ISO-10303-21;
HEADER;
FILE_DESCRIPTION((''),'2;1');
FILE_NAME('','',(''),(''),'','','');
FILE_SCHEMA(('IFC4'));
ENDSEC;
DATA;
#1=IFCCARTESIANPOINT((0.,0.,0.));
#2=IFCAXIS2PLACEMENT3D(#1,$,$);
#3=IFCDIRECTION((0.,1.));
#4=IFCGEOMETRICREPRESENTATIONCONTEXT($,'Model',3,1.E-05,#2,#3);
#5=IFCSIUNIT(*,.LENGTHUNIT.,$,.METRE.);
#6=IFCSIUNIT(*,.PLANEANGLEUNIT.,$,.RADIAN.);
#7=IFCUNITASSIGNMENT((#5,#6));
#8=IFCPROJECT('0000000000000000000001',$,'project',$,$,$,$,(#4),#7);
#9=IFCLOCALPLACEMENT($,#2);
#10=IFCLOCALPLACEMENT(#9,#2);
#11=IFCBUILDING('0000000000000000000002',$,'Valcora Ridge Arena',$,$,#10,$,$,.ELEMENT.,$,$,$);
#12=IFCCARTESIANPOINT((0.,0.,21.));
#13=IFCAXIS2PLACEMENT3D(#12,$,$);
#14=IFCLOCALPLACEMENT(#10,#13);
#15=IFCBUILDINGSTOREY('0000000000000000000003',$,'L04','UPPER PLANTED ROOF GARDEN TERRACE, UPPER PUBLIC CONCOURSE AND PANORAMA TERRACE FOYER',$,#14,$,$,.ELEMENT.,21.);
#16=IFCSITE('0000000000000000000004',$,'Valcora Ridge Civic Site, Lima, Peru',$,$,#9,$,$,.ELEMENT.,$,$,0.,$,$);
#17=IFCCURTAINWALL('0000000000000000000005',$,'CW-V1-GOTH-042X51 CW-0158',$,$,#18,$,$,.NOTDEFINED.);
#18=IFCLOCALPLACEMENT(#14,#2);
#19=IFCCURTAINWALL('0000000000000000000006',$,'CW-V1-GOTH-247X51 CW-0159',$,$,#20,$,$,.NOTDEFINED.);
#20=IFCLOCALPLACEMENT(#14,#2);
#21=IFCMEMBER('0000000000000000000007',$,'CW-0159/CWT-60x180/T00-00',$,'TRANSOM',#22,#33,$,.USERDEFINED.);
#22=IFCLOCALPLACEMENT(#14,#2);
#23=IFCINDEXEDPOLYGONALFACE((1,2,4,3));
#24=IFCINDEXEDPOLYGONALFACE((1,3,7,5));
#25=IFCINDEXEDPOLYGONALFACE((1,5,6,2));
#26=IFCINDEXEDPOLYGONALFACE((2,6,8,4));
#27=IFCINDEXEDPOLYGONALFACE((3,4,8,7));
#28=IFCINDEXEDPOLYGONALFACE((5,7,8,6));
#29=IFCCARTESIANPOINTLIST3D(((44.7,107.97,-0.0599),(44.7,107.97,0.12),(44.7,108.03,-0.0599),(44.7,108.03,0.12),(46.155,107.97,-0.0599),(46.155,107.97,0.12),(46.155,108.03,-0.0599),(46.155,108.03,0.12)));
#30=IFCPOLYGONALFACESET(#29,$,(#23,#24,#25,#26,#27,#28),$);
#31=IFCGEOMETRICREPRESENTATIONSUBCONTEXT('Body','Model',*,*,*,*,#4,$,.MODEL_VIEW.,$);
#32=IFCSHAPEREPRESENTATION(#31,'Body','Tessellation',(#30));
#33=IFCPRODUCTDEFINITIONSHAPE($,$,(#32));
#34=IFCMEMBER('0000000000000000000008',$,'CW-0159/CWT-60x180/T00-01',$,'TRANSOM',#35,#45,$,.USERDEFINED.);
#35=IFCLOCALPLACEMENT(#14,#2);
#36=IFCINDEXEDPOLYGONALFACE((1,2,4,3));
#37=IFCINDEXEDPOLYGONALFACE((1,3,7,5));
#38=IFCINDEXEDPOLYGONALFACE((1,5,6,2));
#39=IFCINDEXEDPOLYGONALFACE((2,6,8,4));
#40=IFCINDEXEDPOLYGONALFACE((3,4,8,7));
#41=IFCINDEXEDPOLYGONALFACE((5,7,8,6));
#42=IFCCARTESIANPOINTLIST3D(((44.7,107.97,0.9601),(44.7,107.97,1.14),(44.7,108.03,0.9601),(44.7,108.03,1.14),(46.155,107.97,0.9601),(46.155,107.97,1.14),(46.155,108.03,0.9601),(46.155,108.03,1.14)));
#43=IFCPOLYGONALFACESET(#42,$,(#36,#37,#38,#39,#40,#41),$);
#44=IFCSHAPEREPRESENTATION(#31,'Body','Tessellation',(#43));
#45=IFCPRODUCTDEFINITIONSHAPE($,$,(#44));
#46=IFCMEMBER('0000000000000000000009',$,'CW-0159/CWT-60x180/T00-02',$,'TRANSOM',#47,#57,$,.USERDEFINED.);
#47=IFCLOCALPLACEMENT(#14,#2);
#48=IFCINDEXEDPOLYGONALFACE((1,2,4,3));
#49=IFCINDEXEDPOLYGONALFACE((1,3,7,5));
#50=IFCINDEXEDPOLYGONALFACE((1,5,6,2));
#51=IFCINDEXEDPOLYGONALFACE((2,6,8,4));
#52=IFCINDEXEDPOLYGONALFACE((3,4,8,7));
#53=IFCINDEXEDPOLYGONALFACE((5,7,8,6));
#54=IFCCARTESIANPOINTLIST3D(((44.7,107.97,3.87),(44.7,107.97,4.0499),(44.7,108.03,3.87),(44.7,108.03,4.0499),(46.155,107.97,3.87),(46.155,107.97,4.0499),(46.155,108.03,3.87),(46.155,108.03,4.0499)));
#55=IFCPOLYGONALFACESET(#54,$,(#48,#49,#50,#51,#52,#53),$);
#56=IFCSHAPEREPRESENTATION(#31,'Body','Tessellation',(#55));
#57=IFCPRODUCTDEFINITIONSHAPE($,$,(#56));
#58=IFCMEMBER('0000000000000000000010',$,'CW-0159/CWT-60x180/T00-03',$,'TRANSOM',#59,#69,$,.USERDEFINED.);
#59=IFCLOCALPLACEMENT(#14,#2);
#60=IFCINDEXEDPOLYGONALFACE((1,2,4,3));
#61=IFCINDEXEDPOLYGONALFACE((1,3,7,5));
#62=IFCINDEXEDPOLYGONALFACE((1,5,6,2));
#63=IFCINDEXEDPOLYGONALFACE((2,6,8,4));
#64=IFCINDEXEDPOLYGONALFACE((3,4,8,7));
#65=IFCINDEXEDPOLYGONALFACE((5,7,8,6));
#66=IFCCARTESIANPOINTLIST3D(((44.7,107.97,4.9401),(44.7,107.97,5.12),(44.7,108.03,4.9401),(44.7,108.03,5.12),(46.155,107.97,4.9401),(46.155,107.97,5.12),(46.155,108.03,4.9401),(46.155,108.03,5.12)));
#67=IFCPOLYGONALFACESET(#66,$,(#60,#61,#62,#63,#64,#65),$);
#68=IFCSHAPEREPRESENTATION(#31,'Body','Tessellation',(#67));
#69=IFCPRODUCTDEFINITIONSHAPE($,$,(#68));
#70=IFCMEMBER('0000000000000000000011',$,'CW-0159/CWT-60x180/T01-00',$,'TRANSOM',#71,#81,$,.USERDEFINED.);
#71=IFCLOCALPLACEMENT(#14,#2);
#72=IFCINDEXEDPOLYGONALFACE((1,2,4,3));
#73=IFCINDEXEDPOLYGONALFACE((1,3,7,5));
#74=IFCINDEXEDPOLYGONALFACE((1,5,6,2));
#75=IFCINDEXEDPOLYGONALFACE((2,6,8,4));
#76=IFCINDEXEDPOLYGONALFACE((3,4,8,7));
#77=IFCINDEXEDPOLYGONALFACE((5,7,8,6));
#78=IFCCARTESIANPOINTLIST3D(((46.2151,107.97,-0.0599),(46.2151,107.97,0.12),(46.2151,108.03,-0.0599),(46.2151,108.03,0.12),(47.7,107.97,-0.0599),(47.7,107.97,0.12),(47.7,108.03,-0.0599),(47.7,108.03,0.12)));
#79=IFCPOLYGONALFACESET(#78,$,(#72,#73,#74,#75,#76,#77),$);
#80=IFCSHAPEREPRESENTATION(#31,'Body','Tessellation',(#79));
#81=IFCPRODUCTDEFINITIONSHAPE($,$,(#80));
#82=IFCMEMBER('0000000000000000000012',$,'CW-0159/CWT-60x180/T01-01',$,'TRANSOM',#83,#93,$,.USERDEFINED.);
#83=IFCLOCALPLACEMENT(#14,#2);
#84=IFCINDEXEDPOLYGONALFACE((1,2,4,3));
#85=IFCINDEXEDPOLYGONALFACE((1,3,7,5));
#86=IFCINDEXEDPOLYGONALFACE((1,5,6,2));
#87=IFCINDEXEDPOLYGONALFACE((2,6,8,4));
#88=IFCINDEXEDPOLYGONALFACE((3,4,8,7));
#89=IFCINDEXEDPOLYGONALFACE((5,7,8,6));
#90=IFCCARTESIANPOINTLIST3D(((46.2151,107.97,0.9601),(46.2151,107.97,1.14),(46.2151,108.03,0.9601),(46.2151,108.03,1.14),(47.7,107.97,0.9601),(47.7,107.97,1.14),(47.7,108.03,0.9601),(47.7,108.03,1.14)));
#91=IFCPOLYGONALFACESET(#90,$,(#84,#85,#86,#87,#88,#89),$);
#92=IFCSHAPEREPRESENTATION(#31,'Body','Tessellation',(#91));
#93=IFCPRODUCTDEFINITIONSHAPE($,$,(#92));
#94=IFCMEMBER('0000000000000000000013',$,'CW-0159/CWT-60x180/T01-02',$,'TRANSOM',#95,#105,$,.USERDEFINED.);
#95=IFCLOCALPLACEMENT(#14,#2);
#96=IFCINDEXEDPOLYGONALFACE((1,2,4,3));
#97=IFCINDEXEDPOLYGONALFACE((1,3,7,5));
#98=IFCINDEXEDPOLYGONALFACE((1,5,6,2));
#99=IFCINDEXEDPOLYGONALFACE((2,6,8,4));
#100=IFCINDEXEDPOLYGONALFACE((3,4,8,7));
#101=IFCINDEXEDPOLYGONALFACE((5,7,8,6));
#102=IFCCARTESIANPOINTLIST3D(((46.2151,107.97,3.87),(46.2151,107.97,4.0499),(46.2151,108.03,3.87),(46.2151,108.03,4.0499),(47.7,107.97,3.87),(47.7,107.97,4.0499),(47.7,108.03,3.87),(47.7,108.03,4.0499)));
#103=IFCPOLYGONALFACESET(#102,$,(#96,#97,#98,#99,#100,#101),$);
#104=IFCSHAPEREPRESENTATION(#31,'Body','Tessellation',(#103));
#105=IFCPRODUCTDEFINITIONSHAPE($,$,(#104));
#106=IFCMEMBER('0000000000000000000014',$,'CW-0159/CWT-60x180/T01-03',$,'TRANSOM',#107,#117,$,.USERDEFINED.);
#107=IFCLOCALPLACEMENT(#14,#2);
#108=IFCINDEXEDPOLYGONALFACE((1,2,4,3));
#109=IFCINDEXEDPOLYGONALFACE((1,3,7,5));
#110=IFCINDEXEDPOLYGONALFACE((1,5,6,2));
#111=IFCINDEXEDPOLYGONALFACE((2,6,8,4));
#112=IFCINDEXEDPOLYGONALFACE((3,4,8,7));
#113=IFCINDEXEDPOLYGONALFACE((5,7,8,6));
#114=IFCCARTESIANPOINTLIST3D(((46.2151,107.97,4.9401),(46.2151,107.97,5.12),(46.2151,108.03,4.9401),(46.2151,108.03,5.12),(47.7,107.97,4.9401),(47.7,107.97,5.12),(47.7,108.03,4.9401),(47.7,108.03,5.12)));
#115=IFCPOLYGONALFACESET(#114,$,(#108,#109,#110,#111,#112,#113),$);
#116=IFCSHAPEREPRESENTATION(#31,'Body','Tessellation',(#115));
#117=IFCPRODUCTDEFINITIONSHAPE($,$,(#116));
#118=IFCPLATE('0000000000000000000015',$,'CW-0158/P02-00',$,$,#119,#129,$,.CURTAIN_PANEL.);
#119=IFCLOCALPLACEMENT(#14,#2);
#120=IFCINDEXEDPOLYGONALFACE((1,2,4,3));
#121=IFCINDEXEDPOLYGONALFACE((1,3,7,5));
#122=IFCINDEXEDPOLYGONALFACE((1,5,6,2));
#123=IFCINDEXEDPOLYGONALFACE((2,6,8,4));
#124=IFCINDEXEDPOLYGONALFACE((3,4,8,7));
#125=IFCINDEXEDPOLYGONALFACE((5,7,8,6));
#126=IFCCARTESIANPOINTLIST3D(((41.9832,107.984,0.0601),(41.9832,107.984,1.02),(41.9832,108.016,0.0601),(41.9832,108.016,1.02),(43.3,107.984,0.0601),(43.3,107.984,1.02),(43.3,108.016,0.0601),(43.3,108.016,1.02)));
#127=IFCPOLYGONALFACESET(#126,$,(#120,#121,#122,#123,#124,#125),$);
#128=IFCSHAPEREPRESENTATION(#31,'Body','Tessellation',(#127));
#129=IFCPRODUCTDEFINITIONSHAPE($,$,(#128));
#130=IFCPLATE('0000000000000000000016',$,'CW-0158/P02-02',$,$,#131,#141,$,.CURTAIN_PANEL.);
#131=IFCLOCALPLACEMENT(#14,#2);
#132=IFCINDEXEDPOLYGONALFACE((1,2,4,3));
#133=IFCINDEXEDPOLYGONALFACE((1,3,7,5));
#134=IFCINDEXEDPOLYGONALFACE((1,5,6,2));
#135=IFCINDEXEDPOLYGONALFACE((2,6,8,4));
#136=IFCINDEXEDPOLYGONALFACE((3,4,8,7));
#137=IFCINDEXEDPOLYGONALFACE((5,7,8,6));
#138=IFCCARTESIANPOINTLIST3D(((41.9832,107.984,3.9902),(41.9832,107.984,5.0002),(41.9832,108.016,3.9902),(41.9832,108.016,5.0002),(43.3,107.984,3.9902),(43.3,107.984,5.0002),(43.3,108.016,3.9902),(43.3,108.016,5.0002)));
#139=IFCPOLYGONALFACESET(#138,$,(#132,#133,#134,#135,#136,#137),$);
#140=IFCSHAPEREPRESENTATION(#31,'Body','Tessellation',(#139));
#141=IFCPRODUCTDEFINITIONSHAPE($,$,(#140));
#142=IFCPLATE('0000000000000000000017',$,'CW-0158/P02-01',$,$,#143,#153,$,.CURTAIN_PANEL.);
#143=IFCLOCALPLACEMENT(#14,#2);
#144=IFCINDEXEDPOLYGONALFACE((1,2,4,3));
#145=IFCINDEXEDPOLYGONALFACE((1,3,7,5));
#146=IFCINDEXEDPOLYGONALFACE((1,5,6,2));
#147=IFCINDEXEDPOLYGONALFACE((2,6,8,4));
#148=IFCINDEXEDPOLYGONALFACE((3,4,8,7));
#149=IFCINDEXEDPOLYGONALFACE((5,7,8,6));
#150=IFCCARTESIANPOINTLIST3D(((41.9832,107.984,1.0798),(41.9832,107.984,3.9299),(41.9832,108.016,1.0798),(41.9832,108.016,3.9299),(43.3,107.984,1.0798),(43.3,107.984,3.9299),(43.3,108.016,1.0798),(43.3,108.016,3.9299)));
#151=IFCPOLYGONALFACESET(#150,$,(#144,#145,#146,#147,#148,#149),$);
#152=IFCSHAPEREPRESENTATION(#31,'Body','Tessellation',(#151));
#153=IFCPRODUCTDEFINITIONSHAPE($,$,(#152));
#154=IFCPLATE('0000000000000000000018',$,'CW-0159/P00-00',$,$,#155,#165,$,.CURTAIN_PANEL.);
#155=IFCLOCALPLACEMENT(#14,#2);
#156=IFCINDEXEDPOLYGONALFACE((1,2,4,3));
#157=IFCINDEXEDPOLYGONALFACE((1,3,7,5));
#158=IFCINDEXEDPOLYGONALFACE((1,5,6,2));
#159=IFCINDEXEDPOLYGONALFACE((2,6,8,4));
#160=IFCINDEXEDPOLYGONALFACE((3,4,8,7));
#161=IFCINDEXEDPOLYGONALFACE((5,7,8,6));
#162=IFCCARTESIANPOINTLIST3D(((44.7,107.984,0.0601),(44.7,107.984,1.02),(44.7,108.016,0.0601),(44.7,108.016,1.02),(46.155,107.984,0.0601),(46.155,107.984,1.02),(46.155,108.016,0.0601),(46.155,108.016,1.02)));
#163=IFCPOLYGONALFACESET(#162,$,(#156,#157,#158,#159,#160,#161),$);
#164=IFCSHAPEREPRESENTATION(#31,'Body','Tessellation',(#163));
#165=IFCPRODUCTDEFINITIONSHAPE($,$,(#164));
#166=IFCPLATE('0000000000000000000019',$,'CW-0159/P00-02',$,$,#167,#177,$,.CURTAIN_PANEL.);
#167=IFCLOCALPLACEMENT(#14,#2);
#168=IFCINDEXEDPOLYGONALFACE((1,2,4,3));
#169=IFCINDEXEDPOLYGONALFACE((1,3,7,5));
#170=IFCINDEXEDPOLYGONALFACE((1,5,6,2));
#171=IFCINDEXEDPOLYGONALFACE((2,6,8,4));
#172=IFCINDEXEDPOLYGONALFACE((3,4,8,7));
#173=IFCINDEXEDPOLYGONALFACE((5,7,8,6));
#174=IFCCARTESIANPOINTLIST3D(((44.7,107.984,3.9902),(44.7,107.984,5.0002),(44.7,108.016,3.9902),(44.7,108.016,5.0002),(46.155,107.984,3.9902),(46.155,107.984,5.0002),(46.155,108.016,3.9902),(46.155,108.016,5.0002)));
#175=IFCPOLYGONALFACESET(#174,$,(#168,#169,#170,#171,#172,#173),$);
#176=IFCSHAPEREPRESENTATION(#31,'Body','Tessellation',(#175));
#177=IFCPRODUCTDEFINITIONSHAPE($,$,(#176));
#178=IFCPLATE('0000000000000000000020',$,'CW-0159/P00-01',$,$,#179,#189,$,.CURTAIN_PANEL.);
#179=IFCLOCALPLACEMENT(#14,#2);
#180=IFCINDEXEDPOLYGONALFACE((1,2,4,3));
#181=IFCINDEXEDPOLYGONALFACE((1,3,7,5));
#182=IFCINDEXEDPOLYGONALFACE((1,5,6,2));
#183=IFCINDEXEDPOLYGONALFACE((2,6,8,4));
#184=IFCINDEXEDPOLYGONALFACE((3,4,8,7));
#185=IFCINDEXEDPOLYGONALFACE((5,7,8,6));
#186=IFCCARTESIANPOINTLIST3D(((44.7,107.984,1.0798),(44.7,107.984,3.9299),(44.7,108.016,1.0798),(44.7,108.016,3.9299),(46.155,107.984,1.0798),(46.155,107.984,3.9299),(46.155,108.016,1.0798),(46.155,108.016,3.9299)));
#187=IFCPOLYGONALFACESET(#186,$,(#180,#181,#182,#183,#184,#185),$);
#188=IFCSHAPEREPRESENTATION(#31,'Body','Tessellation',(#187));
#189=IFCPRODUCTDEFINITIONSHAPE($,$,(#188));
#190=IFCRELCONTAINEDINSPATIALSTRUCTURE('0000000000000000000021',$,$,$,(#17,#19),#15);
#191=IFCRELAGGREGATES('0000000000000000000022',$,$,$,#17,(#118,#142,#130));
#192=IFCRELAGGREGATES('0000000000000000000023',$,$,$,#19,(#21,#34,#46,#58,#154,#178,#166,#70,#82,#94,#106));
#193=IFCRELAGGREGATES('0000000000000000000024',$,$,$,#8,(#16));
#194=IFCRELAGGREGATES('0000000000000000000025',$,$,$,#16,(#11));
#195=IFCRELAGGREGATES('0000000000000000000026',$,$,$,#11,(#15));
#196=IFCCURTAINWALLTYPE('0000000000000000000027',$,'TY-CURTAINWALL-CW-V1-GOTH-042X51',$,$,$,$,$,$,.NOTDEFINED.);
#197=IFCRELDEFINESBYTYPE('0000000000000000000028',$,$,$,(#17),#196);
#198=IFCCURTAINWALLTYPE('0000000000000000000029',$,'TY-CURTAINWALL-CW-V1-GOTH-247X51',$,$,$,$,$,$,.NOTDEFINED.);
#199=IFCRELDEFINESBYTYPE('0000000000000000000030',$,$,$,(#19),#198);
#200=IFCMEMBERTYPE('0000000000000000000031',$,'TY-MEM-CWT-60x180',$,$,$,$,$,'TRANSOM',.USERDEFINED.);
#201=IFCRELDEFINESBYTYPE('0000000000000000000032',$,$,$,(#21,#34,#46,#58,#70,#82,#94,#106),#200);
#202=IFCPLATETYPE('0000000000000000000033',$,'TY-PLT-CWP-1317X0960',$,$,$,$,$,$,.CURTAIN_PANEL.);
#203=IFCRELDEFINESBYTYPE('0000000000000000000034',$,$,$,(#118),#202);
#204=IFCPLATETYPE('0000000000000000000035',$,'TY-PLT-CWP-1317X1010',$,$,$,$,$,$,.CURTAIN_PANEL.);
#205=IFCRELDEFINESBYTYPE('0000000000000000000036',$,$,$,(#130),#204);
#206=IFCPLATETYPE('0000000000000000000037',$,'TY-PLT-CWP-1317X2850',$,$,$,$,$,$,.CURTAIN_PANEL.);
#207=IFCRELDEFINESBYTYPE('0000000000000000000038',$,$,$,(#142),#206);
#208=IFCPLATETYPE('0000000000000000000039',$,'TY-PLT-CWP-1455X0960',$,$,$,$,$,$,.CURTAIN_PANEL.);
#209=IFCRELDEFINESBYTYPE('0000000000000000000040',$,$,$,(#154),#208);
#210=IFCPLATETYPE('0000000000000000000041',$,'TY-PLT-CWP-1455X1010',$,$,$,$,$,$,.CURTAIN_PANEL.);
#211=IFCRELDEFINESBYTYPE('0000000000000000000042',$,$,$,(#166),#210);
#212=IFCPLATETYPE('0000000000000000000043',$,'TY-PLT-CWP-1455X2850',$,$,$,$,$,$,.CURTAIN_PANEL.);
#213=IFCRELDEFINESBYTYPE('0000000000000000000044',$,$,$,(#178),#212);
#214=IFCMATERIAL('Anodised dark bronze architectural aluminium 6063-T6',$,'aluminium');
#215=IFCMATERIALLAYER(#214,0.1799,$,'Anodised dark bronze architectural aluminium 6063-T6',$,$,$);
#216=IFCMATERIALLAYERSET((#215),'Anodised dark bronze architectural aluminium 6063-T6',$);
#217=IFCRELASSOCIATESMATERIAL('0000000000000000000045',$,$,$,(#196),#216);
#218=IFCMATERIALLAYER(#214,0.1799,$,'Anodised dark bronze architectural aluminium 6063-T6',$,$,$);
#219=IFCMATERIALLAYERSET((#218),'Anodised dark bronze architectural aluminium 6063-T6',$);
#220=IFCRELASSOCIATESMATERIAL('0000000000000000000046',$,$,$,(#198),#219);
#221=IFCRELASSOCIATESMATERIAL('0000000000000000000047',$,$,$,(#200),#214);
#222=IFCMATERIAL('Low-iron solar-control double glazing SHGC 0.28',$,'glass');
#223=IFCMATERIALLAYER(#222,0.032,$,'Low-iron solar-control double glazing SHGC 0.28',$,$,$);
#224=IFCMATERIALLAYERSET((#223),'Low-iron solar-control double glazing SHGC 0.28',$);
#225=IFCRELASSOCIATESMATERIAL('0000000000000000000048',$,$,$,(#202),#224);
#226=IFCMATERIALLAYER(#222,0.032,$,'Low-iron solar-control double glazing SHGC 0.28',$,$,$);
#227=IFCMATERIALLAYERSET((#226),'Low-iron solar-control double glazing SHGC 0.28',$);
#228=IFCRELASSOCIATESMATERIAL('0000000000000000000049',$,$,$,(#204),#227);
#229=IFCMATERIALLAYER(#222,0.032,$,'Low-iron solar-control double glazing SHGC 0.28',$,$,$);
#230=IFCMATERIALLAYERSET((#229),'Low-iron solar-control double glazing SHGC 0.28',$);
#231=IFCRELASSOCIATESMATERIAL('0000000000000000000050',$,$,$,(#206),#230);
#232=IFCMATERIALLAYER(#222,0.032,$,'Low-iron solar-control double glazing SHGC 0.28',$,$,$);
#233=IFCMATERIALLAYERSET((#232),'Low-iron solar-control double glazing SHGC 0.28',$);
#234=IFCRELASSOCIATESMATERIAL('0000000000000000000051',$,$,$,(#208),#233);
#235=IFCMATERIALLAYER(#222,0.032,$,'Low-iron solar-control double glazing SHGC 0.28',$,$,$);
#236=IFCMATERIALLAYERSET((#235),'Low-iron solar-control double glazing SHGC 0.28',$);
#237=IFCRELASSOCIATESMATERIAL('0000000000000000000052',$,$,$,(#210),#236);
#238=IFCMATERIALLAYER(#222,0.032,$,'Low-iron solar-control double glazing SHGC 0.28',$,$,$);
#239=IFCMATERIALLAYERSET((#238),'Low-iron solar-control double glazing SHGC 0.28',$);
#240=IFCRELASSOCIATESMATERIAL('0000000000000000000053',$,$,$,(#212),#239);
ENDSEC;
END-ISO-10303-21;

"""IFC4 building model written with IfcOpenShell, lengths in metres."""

from ifc_helpers import new_model, si_unit, direction, frame, origin, origin_2d, place, context, subcontext, project, spatial, rectangle, extrude, material, layer, layer_set, material_profile, profile_set, type_object, element, aggregate, save


model = new_model("IFC4")

# Units and contexts
model_context = context("Model", 3, precision=1e-05, world=origin(), true_north=direction((0.0, 1.0)))
body_context = subcontext(model_context, "Body", "Model", "MODEL_VIEW")
ifc_project = project(units=[si_unit("LENGTHUNIT", "METRE"), si_unit("PLANEANGLEUNIT", "RADIAN")], contexts=[model_context])

# Site, building, storey
site_placement = place(None, origin())
site = spatial("IfcSite", under=ifc_project, at=site_placement, Name="Valcora Ridge Civic Site, Lima, Peru", CompositionType="ELEMENT", RefElevation=0.0)
building_placement = place(site_placement, origin())
building = spatial("IfcBuilding", under=site, at=building_placement, Name="Valcora Ridge Arena", CompositionType="ELEMENT")
storey_placement = place(building_placement, frame((0.0, 0.0, 21.0)))
storey = spatial("IfcBuildingStorey", under=building, at=storey_placement, Name="L04", Description="UPPER PLANTED ROOF GARDEN TERRACE, UPPER PUBLIC CONCOURSE AND PANORAMA TERRACE FOYER", CompositionType="ELEMENT", Elevation=21.0)

# Curtain wall
ifc_material_1 = material(Name="Anodised dark bronze architectural aluminium 6063-T6", Category="aluminium")
ifc_layer_1 = layer(ifc_material_1, 0.1799, Name="Anodised dark bronze architectural aluminium 6063-T6")
ifc_layer_set_1 = layer_set([ifc_layer_1], Name="Anodised dark bronze architectural aluminium 6063-T6")
curtain_wall_type_1 = type_object("IfcCurtainWallType", Name="TY-CURTAINWALL-CW-V1-GOTH-042X51", PredefinedType="NOTDEFINED", material=ifc_layer_set_1)
curtain_wall_1_placement = place(storey_placement, origin())
curtain_wall_1 = element("IfcCurtainWall", 1, at=curtain_wall_1_placement, inside=storey, type_object=curtain_wall_type_1, Name="CW-V1-GOTH-042X51 CW-0158", PredefinedType="NOTDEFINED")

# Curtain wall
ifc_layer_2 = layer(ifc_material_1, 0.1799, Name="Anodised dark bronze architectural aluminium 6063-T6")
ifc_layer_set_2 = layer_set([ifc_layer_2], Name="Anodised dark bronze architectural aluminium 6063-T6")
curtain_wall_type_2 = type_object("IfcCurtainWallType", Name="TY-CURTAINWALL-CW-V1-GOTH-247X51", PredefinedType="NOTDEFINED", material=ifc_layer_set_2)
curtain_wall_2_placement = place(storey_placement, origin())
curtain_wall_2 = element("IfcCurtainWall", 2, at=curtain_wall_2_placement, inside=storey, type_object=curtain_wall_type_2, Name="CW-V1-GOTH-247X51 CW-0159", PredefinedType="NOTDEFINED")

# Members
ifc_material_profile_1 = material_profile(ifc_material_1, rectangle(XDim=0.0601, YDim=0.1799, at=origin_2d()), Name="ALU TRANSOM 60x180")
ifc_profile_set_1 = profile_set([ifc_material_profile_1], Name="Anodised dark bronze architectural aluminium 6063-T6")
member_type_1 = type_object("IfcMemberType", Name="TY-MEM-CWT-60x180", ElementType="TRANSOM", PredefinedType="USERDEFINED", material=ifc_profile_set_1)
member_1_placement = place(storey_placement, frame((44.7, 108.0, 0.03), z_axis=(1.0, 0.0, 0.0), x_axis=(0.0, 1.0, 0.0)))
member_1 = element("IfcMember", 3, at=member_1_placement, type_object=member_type_1, Name="CW-0159/CWT-60x180/T00-00", ObjectType="TRANSOM", PredefinedType="USERDEFINED", context=body_context, shape_type="SweptSolid", body=[
    extrude(rectangle(XDim=0.0601, YDim=0.1799, at=origin_2d()), origin(), (0.0, 0.0, 1.0), 1.4551),
])
member_2_placement = place(storey_placement, frame((44.7, 108.0, 1.05), z_axis=(1.0, 0.0, 0.0), x_axis=(0.0, 1.0, 0.0)))
member_2 = element("IfcMember", 4, at=member_2_placement, type_object=member_type_1, Name="CW-0159/CWT-60x180/T00-01", ObjectType="TRANSOM", PredefinedType="USERDEFINED", context=body_context, shape_type="SweptSolid", body=[
    extrude(rectangle(XDim=0.0601, YDim=0.1799, at=origin_2d()), origin(), (0.0, 0.0, 1.0), 1.4551),
])
member_3_placement = place(storey_placement, frame((44.7, 108.0, 3.96), z_axis=(1.0, 0.0, 0.0), x_axis=(0.0, 1.0, 0.0)))
member_3 = element("IfcMember", 5, at=member_3_placement, type_object=member_type_1, Name="CW-0159/CWT-60x180/T00-02", ObjectType="TRANSOM", PredefinedType="USERDEFINED", context=body_context, shape_type="SweptSolid", body=[
    extrude(rectangle(XDim=0.0601, YDim=0.1799, at=origin_2d()), origin(), (0.0, 0.0, 1.0), 1.4551),
])
member_4_placement = place(storey_placement, frame((44.7, 108.0, 5.03), z_axis=(1.0, 0.0, 0.0), x_axis=(0.0, 1.0, 0.0)))
member_4 = element("IfcMember", 6, at=member_4_placement, type_object=member_type_1, Name="CW-0159/CWT-60x180/T00-03", ObjectType="TRANSOM", PredefinedType="USERDEFINED", context=body_context, shape_type="SweptSolid", body=[
    extrude(rectangle(XDim=0.0601, YDim=0.1799, at=origin_2d()), origin(), (0.0, 0.0, 1.0), 1.4551),
])
member_5_placement = place(storey_placement, frame((46.2151, 108.0, 0.03), z_axis=(1.0, 0.0, 0.0), x_axis=(0.0, 1.0, 0.0)))
member_5 = element("IfcMember", 7, at=member_5_placement, type_object=member_type_1, Name="CW-0159/CWT-60x180/T01-00", ObjectType="TRANSOM", PredefinedType="USERDEFINED", context=body_context, shape_type="SweptSolid", body=[
    extrude(rectangle(XDim=0.0601, YDim=0.1799, at=origin_2d()), origin(), (0.0, 0.0, 1.0), 1.4849),
])
member_6_placement = place(storey_placement, frame((46.2151, 108.0, 1.05), z_axis=(1.0, 0.0, 0.0), x_axis=(0.0, 1.0, 0.0)))
member_6 = element("IfcMember", 8, at=member_6_placement, type_object=member_type_1, Name="CW-0159/CWT-60x180/T01-01", ObjectType="TRANSOM", PredefinedType="USERDEFINED", context=body_context, shape_type="SweptSolid", body=[
    extrude(rectangle(XDim=0.0601, YDim=0.1799, at=origin_2d()), origin(), (0.0, 0.0, 1.0), 1.4849),
])
member_7_placement = place(storey_placement, frame((46.2151, 108.0, 3.96), z_axis=(1.0, 0.0, 0.0), x_axis=(0.0, 1.0, 0.0)))
member_7 = element("IfcMember", 9, at=member_7_placement, type_object=member_type_1, Name="CW-0159/CWT-60x180/T01-02", ObjectType="TRANSOM", PredefinedType="USERDEFINED", context=body_context, shape_type="SweptSolid", body=[
    extrude(rectangle(XDim=0.0601, YDim=0.1799, at=origin_2d()), origin(), (0.0, 0.0, 1.0), 1.4849),
])
member_8_placement = place(storey_placement, frame((46.2151, 108.0, 5.03), z_axis=(1.0, 0.0, 0.0), x_axis=(0.0, 1.0, 0.0)))
member_8 = element("IfcMember", 10, at=member_8_placement, type_object=member_type_1, Name="CW-0159/CWT-60x180/T01-03", ObjectType="TRANSOM", PredefinedType="USERDEFINED", context=body_context, shape_type="SweptSolid", body=[
    extrude(rectangle(XDim=0.0601, YDim=0.1799, at=origin_2d()), origin(), (0.0, 0.0, 1.0), 1.4849),
])

# Plates
ifc_material_2 = material(Name="Low-iron solar-control double glazing SHGC 0.28", Category="glass")
ifc_layer_3 = layer(ifc_material_2, 0.032, Name="Low-iron solar-control double glazing SHGC 0.28")
ifc_layer_set_3 = layer_set([ifc_layer_3], Name="Low-iron solar-control double glazing SHGC 0.28")
plate_type_1 = type_object("IfcPlateType", Name="TY-PLT-CWP-1317X0960", PredefinedType="CURTAIN_PANEL", material=ifc_layer_set_3)
plate_1_placement = place(storey_placement, frame((42.6416, 108.0, 0.0601), z_axis=(0.0, 0.0, 1.0), x_axis=(1.0, 0.0, 0.0)))
plate_1 = element("IfcPlate", 11, at=plate_1_placement, type_object=plate_type_1, Name="CW-0158/P02-00", PredefinedType="CURTAIN_PANEL", context=body_context, shape_type="SweptSolid", body=[
    extrude(rectangle(XDim=1.3169, YDim=0.032, at=origin_2d()), origin(), (0.0, 0.0, 1.0), 0.96),
])
ifc_layer_4 = layer(ifc_material_2, 0.032, Name="Low-iron solar-control double glazing SHGC 0.28")
ifc_layer_set_4 = layer_set([ifc_layer_4], Name="Low-iron solar-control double glazing SHGC 0.28")
plate_type_2 = type_object("IfcPlateType", Name="TY-PLT-CWP-1317X1010", PredefinedType="CURTAIN_PANEL", material=ifc_layer_set_4)
plate_2_placement = place(storey_placement, frame((42.6416, 108.0, 3.9902), z_axis=(0.0, 0.0, 1.0), x_axis=(1.0, 0.0, 0.0)))
plate_2 = element("IfcPlate", 12, at=plate_2_placement, type_object=plate_type_2, Name="CW-0158/P02-02", PredefinedType="CURTAIN_PANEL", context=body_context, shape_type="SweptSolid", body=[
    extrude(rectangle(XDim=1.3169, YDim=0.032, at=origin_2d()), origin(), (0.0, 0.0, 1.0), 1.01),
])
ifc_layer_5 = layer(ifc_material_2, 0.032, Name="Low-iron solar-control double glazing SHGC 0.28")
ifc_layer_set_5 = layer_set([ifc_layer_5], Name="Low-iron solar-control double glazing SHGC 0.28")
plate_type_3 = type_object("IfcPlateType", Name="TY-PLT-CWP-1317X2850", PredefinedType="CURTAIN_PANEL", material=ifc_layer_set_5)
plate_3_placement = place(storey_placement, frame((42.6416, 108.0, 1.0798), z_axis=(0.0, 0.0, 1.0), x_axis=(1.0, 0.0, 0.0)))
plate_3 = element("IfcPlate", 13, at=plate_3_placement, type_object=plate_type_3, Name="CW-0158/P02-01", PredefinedType="CURTAIN_PANEL", context=body_context, shape_type="SweptSolid", body=[
    extrude(rectangle(XDim=1.3169, YDim=0.032, at=origin_2d()), origin(), (0.0, 0.0, 1.0), 2.8501),
])
aggregate(curtain_wall_1, [plate_1, plate_3, plate_2])
ifc_layer_6 = layer(ifc_material_2, 0.032, Name="Low-iron solar-control double glazing SHGC 0.28")
ifc_layer_set_6 = layer_set([ifc_layer_6], Name="Low-iron solar-control double glazing SHGC 0.28")
plate_type_4 = type_object("IfcPlateType", Name="TY-PLT-CWP-1455X0960", PredefinedType="CURTAIN_PANEL", material=ifc_layer_set_6)
plate_4_placement = place(storey_placement, frame((45.4275, 108.0, 0.0601), z_axis=(0.0, 0.0, 1.0), x_axis=(1.0, 0.0, 0.0)))
plate_4 = element("IfcPlate", 14, at=plate_4_placement, type_object=plate_type_4, Name="CW-0159/P00-00", PredefinedType="CURTAIN_PANEL", context=body_context, shape_type="SweptSolid", body=[
    extrude(rectangle(XDim=1.4551, YDim=0.032, at=origin_2d()), origin(), (0.0, 0.0, 1.0), 0.96),
])
ifc_layer_7 = layer(ifc_material_2, 0.032, Name="Low-iron solar-control double glazing SHGC 0.28")
ifc_layer_set_7 = layer_set([ifc_layer_7], Name="Low-iron solar-control double glazing SHGC 0.28")
plate_type_5 = type_object("IfcPlateType", Name="TY-PLT-CWP-1455X1010", PredefinedType="CURTAIN_PANEL", material=ifc_layer_set_7)
plate_5_placement = place(storey_placement, frame((45.4275, 108.0, 3.9902), z_axis=(0.0, 0.0, 1.0), x_axis=(1.0, 0.0, 0.0)))
plate_5 = element("IfcPlate", 15, at=plate_5_placement, type_object=plate_type_5, Name="CW-0159/P00-02", PredefinedType="CURTAIN_PANEL", context=body_context, shape_type="SweptSolid", body=[
    extrude(rectangle(XDim=1.4551, YDim=0.032, at=origin_2d()), origin(), (0.0, 0.0, 1.0), 1.01),
])
ifc_layer_8 = layer(ifc_material_2, 0.032, Name="Low-iron solar-control double glazing SHGC 0.28")
ifc_layer_set_8 = layer_set([ifc_layer_8], Name="Low-iron solar-control double glazing SHGC 0.28")
plate_type_6 = type_object("IfcPlateType", Name="TY-PLT-CWP-1455X2850", PredefinedType="CURTAIN_PANEL", material=ifc_layer_set_8)
plate_6_placement = place(storey_placement, frame((45.4275, 108.0, 1.0798), z_axis=(0.0, 0.0, 1.0), x_axis=(1.0, 0.0, 0.0)))
plate_6 = element("IfcPlate", 16, at=plate_6_placement, type_object=plate_type_6, Name="CW-0159/P00-01", PredefinedType="CURTAIN_PANEL", context=body_context, shape_type="SweptSolid", body=[
    extrude(rectangle(XDim=1.4551, YDim=0.032, at=origin_2d()), origin(), (0.0, 0.0, 1.0), 2.8501),
])
aggregate(curtain_wall_2, [member_1, member_2, member_3, member_4, plate_4, plate_6, plate_5, member_5, member_6, member_7, member_8])

save(model, "model.ifc")
